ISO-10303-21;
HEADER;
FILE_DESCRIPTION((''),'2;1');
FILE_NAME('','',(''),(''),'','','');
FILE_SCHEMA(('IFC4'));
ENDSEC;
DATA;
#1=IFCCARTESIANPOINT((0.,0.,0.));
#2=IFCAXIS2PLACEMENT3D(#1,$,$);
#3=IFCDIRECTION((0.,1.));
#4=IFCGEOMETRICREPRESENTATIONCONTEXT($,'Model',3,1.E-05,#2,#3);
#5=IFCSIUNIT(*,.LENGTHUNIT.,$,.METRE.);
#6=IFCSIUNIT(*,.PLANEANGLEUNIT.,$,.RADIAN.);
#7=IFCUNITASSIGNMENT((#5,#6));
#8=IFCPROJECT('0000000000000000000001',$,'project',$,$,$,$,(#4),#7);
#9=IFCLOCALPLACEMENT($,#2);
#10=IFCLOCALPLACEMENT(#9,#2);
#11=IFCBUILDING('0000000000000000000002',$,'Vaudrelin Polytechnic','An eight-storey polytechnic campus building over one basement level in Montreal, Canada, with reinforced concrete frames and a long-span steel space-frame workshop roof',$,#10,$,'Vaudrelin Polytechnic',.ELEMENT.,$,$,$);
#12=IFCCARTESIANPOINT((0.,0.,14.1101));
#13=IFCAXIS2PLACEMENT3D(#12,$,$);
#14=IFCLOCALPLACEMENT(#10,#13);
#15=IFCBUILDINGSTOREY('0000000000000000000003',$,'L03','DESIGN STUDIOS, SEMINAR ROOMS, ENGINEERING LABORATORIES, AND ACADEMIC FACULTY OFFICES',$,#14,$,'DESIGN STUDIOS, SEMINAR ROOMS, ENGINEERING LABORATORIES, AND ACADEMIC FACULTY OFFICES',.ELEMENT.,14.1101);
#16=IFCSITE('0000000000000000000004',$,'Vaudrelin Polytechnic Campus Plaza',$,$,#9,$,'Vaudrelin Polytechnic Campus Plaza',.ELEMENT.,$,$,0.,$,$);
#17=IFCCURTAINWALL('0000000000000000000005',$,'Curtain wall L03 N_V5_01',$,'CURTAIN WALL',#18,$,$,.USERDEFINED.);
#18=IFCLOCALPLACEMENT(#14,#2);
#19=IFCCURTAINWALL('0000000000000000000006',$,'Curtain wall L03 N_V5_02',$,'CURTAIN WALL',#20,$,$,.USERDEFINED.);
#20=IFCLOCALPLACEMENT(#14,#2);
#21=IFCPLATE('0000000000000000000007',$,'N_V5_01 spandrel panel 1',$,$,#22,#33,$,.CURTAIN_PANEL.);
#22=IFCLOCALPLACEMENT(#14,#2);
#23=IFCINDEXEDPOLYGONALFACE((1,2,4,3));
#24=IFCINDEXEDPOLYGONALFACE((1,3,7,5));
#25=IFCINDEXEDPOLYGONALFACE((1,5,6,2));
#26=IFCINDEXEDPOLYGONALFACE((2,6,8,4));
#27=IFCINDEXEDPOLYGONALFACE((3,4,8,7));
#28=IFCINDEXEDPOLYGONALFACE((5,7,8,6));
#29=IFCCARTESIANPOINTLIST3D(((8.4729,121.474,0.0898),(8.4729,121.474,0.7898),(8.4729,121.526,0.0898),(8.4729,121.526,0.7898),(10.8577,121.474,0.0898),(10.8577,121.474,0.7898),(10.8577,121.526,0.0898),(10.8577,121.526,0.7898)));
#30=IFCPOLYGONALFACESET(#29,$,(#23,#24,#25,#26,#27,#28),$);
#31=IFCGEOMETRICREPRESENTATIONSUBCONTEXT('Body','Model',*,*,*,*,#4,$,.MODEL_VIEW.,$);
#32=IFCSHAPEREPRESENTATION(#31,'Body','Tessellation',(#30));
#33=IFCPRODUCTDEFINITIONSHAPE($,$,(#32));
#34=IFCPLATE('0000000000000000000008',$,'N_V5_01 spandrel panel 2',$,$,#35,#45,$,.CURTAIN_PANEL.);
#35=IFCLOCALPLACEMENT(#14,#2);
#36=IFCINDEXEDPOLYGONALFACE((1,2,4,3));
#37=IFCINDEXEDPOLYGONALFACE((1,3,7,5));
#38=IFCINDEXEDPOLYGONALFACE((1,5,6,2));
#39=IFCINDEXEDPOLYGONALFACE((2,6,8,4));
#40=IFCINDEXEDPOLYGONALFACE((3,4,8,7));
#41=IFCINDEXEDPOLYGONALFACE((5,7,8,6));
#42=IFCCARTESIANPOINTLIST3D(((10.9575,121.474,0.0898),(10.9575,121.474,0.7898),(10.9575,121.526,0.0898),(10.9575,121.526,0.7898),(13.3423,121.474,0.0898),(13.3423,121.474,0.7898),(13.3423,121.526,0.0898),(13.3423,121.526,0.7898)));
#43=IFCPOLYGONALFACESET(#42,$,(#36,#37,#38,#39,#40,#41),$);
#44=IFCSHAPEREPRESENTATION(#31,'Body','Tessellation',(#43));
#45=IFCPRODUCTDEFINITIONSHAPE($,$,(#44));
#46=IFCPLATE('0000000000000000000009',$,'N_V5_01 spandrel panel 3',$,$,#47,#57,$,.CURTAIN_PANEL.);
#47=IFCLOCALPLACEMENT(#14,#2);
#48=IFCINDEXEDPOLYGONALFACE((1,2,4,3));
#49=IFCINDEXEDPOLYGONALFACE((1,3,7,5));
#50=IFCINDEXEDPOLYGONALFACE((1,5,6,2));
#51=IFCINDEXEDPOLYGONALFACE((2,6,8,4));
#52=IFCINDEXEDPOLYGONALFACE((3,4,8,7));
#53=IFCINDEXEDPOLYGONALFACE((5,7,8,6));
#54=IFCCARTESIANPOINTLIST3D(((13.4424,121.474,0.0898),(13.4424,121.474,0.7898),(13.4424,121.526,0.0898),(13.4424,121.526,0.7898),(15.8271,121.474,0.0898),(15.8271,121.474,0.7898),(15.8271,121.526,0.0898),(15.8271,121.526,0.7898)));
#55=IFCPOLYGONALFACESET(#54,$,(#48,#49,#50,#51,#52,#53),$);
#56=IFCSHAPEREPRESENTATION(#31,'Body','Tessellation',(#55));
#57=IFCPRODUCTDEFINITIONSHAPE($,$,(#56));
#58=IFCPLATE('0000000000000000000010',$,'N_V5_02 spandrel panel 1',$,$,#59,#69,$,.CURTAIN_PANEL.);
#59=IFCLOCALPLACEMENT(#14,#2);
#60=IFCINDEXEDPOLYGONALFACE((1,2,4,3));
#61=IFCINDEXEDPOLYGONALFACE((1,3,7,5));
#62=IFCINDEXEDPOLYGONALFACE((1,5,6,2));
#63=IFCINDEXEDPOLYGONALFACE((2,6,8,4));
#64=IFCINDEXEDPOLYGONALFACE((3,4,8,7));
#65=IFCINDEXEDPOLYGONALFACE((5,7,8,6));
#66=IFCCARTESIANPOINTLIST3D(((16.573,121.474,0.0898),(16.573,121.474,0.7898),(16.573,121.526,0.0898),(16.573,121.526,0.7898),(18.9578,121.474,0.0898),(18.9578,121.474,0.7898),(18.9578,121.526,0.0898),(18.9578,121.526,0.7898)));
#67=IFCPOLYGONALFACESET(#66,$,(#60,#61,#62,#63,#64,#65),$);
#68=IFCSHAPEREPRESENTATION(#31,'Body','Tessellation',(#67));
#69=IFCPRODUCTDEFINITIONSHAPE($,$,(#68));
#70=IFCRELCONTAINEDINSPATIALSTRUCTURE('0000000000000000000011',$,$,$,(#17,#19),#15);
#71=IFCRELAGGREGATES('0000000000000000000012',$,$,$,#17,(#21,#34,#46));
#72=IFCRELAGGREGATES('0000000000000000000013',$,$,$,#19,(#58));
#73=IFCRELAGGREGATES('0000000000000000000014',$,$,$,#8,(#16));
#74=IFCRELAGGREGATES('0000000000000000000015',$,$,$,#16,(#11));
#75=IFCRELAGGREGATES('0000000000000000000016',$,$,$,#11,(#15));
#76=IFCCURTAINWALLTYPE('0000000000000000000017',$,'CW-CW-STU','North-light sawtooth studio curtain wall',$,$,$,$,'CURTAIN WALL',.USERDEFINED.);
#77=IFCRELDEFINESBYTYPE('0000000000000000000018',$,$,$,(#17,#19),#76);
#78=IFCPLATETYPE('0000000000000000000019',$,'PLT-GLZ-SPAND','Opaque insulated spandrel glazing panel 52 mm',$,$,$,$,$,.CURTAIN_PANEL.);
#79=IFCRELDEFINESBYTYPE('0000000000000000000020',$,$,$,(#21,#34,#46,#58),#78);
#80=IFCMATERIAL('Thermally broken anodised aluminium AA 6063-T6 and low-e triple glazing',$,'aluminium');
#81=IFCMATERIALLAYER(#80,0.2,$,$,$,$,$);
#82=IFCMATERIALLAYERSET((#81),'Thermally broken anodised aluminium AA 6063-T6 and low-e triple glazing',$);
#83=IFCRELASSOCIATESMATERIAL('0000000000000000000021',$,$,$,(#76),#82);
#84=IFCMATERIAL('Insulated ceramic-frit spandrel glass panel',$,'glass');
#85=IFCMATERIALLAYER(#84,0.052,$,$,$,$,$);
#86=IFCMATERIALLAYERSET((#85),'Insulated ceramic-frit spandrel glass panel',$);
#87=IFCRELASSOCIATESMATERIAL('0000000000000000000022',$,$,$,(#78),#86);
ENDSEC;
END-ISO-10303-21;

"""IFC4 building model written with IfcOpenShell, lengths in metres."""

from ifc_helpers import new_model, si_unit, direction, frame, origin, origin_2d, place, context, subcontext, project, spatial, rectangle, extrude, material, layer, layer_set, type_object, element, aggregate, save


model = new_model("IFC4")

# Units and contexts
model_context = context("Model", 3, precision=1e-05, world=origin(), true_north=direction((0.0, 1.0)))
body_context = subcontext(model_context, "Body", "Model", "MODEL_VIEW")
ifc_project = project(units=[si_unit("LENGTHUNIT", "METRE"), si_unit("PLANEANGLEUNIT", "RADIAN")], contexts=[model_context])

# Site, building, storey
site_placement = place(None, origin())
site = spatial("IfcSite", under=ifc_project, at=site_placement, Name="Vaudrelin Polytechnic Campus Plaza", LongName="Vaudrelin Polytechnic Campus Plaza", CompositionType="ELEMENT", RefElevation=0.0)
building_placement = place(site_placement, origin())
building = spatial("IfcBuilding", under=site, at=building_placement, Name="Vaudrelin Polytechnic", Description="An eight-storey polytechnic campus building over one basement level in Montreal, Canada, with reinforced concrete frames and a long-span steel space-frame workshop roof", LongName="Vaudrelin Polytechnic", CompositionType="ELEMENT")
storey_placement = place(building_placement, frame((0.0, 0.0, 14.1101)))
storey = spatial("IfcBuildingStorey", under=building, at=storey_placement, Name="L03", Description="DESIGN STUDIOS, SEMINAR ROOMS, ENGINEERING LABORATORIES, AND ACADEMIC FACULTY OFFICES", LongName="DESIGN STUDIOS, SEMINAR ROOMS, ENGINEERING LABORATORIES, AND ACADEMIC FACULTY OFFICES", CompositionType="ELEMENT", Elevation=14.1101)

# Curtain walls
ifc_material_1 = material(Name="Thermally broken anodised aluminium AA 6063-T6 and low-e triple glazing", Category="aluminium")
ifc_layer_1 = layer(ifc_material_1, 0.2)
ifc_layer_set_1 = layer_set([ifc_layer_1], Name="Thermally broken anodised aluminium AA 6063-T6 and low-e triple glazing")
curtain_wall_type = type_object("IfcCurtainWallType", Name="CW-CW-STU", Description="North-light sawtooth studio curtain wall", ElementType="CURTAIN WALL", PredefinedType="USERDEFINED", material=ifc_layer_set_1)
curtain_wall_1_placement = place(storey_placement, origin())
curtain_wall_1 = element("IfcCurtainWall", 1, at=curtain_wall_1_placement, inside=storey, type_object=curtain_wall_type, Name="Curtain wall L03 N_V5_01", ObjectType="CURTAIN WALL", PredefinedType="USERDEFINED")
curtain_wall_2_placement = place(storey_placement, origin())
curtain_wall_2 = element("IfcCurtainWall", 2, at=curtain_wall_2_placement, inside=storey, type_object=curtain_wall_type, Name="Curtain wall L03 N_V5_02", ObjectType="CURTAIN WALL", PredefinedType="USERDEFINED")

# Plates
ifc_material_2 = material(Name="Insulated ceramic-frit spandrel glass panel", Category="glass")
ifc_layer_2 = layer(ifc_material_2, 0.052)
ifc_layer_set_2 = layer_set([ifc_layer_2], Name="Insulated ceramic-frit spandrel glass panel")
plate_type_1 = type_object("IfcPlateType", Name="PLT-GLZ-SPAND", Description="Opaque insulated spandrel glazing panel 52 mm", PredefinedType="CURTAIN_PANEL", material=ifc_layer_set_2)
plate_1_placement = place(storey_placement, frame((9.6653, 121.5, 0.0898), z_axis=(0.0, 0.0, 1.0), x_axis=(1.0, 0.0, 0.0)))
plate_1 = element("IfcPlate", 3, at=plate_1_placement, type_object=plate_type_1, Name="N_V5_01 spandrel panel 1", PredefinedType="CURTAIN_PANEL", context=body_context, shape_type="SweptSolid", body=[
    extrude(rectangle(XDim=2.3848, YDim=0.052, at=origin_2d()), origin(), (0.0, 0.0, 1.0), 0.7),
])
plate_2_placement = place(storey_placement, frame((12.1499, 121.5, 0.0898), z_axis=(0.0, 0.0, 1.0), x_axis=(1.0, 0.0, 0.0)))
plate_2 = element("IfcPlate", 4, at=plate_2_placement, type_object=plate_type_1, Name="N_V5_01 spandrel panel 2", PredefinedType="CURTAIN_PANEL", context=body_context, shape_type="SweptSolid", body=[
    extrude(rectangle(XDim=2.3848, YDim=0.052, at=origin_2d()), origin(), (0.0, 0.0, 1.0), 0.7),
])
plate_3_placement = place(storey_placement, frame((14.6348, 121.5, 0.0898), z_axis=(0.0, 0.0, 1.0), x_axis=(1.0, 0.0, 0.0)))
plate_3 = element("IfcPlate", 5, at=plate_3_placement, type_object=plate_type_1, Name="N_V5_01 spandrel panel 3", PredefinedType="CURTAIN_PANEL", context=body_context, shape_type="SweptSolid", body=[
    extrude(rectangle(XDim=2.3848, YDim=0.052, at=origin_2d()), origin(), (0.0, 0.0, 1.0), 0.7),
])
aggregate(curtain_wall_1, [plate_1, plate_2, plate_3])
plate_4_placement = place(storey_placement, frame((17.7654, 121.5, 0.0898), z_axis=(0.0, 0.0, 1.0), x_axis=(1.0, 0.0, 0.0)))
plate_4 = element("IfcPlate", 6, at=plate_4_placement, type_object=plate_type_1, Name="N_V5_02 spandrel panel 1", PredefinedType="CURTAIN_PANEL", context=body_context, shape_type="SweptSolid", body=[
    extrude(rectangle(XDim=2.3848, YDim=0.052, at=origin_2d()), origin(), (0.0, 0.0, 1.0), 0.7),
])
aggregate(curtain_wall_2, [plate_4])

save(model, "model.ifc")
